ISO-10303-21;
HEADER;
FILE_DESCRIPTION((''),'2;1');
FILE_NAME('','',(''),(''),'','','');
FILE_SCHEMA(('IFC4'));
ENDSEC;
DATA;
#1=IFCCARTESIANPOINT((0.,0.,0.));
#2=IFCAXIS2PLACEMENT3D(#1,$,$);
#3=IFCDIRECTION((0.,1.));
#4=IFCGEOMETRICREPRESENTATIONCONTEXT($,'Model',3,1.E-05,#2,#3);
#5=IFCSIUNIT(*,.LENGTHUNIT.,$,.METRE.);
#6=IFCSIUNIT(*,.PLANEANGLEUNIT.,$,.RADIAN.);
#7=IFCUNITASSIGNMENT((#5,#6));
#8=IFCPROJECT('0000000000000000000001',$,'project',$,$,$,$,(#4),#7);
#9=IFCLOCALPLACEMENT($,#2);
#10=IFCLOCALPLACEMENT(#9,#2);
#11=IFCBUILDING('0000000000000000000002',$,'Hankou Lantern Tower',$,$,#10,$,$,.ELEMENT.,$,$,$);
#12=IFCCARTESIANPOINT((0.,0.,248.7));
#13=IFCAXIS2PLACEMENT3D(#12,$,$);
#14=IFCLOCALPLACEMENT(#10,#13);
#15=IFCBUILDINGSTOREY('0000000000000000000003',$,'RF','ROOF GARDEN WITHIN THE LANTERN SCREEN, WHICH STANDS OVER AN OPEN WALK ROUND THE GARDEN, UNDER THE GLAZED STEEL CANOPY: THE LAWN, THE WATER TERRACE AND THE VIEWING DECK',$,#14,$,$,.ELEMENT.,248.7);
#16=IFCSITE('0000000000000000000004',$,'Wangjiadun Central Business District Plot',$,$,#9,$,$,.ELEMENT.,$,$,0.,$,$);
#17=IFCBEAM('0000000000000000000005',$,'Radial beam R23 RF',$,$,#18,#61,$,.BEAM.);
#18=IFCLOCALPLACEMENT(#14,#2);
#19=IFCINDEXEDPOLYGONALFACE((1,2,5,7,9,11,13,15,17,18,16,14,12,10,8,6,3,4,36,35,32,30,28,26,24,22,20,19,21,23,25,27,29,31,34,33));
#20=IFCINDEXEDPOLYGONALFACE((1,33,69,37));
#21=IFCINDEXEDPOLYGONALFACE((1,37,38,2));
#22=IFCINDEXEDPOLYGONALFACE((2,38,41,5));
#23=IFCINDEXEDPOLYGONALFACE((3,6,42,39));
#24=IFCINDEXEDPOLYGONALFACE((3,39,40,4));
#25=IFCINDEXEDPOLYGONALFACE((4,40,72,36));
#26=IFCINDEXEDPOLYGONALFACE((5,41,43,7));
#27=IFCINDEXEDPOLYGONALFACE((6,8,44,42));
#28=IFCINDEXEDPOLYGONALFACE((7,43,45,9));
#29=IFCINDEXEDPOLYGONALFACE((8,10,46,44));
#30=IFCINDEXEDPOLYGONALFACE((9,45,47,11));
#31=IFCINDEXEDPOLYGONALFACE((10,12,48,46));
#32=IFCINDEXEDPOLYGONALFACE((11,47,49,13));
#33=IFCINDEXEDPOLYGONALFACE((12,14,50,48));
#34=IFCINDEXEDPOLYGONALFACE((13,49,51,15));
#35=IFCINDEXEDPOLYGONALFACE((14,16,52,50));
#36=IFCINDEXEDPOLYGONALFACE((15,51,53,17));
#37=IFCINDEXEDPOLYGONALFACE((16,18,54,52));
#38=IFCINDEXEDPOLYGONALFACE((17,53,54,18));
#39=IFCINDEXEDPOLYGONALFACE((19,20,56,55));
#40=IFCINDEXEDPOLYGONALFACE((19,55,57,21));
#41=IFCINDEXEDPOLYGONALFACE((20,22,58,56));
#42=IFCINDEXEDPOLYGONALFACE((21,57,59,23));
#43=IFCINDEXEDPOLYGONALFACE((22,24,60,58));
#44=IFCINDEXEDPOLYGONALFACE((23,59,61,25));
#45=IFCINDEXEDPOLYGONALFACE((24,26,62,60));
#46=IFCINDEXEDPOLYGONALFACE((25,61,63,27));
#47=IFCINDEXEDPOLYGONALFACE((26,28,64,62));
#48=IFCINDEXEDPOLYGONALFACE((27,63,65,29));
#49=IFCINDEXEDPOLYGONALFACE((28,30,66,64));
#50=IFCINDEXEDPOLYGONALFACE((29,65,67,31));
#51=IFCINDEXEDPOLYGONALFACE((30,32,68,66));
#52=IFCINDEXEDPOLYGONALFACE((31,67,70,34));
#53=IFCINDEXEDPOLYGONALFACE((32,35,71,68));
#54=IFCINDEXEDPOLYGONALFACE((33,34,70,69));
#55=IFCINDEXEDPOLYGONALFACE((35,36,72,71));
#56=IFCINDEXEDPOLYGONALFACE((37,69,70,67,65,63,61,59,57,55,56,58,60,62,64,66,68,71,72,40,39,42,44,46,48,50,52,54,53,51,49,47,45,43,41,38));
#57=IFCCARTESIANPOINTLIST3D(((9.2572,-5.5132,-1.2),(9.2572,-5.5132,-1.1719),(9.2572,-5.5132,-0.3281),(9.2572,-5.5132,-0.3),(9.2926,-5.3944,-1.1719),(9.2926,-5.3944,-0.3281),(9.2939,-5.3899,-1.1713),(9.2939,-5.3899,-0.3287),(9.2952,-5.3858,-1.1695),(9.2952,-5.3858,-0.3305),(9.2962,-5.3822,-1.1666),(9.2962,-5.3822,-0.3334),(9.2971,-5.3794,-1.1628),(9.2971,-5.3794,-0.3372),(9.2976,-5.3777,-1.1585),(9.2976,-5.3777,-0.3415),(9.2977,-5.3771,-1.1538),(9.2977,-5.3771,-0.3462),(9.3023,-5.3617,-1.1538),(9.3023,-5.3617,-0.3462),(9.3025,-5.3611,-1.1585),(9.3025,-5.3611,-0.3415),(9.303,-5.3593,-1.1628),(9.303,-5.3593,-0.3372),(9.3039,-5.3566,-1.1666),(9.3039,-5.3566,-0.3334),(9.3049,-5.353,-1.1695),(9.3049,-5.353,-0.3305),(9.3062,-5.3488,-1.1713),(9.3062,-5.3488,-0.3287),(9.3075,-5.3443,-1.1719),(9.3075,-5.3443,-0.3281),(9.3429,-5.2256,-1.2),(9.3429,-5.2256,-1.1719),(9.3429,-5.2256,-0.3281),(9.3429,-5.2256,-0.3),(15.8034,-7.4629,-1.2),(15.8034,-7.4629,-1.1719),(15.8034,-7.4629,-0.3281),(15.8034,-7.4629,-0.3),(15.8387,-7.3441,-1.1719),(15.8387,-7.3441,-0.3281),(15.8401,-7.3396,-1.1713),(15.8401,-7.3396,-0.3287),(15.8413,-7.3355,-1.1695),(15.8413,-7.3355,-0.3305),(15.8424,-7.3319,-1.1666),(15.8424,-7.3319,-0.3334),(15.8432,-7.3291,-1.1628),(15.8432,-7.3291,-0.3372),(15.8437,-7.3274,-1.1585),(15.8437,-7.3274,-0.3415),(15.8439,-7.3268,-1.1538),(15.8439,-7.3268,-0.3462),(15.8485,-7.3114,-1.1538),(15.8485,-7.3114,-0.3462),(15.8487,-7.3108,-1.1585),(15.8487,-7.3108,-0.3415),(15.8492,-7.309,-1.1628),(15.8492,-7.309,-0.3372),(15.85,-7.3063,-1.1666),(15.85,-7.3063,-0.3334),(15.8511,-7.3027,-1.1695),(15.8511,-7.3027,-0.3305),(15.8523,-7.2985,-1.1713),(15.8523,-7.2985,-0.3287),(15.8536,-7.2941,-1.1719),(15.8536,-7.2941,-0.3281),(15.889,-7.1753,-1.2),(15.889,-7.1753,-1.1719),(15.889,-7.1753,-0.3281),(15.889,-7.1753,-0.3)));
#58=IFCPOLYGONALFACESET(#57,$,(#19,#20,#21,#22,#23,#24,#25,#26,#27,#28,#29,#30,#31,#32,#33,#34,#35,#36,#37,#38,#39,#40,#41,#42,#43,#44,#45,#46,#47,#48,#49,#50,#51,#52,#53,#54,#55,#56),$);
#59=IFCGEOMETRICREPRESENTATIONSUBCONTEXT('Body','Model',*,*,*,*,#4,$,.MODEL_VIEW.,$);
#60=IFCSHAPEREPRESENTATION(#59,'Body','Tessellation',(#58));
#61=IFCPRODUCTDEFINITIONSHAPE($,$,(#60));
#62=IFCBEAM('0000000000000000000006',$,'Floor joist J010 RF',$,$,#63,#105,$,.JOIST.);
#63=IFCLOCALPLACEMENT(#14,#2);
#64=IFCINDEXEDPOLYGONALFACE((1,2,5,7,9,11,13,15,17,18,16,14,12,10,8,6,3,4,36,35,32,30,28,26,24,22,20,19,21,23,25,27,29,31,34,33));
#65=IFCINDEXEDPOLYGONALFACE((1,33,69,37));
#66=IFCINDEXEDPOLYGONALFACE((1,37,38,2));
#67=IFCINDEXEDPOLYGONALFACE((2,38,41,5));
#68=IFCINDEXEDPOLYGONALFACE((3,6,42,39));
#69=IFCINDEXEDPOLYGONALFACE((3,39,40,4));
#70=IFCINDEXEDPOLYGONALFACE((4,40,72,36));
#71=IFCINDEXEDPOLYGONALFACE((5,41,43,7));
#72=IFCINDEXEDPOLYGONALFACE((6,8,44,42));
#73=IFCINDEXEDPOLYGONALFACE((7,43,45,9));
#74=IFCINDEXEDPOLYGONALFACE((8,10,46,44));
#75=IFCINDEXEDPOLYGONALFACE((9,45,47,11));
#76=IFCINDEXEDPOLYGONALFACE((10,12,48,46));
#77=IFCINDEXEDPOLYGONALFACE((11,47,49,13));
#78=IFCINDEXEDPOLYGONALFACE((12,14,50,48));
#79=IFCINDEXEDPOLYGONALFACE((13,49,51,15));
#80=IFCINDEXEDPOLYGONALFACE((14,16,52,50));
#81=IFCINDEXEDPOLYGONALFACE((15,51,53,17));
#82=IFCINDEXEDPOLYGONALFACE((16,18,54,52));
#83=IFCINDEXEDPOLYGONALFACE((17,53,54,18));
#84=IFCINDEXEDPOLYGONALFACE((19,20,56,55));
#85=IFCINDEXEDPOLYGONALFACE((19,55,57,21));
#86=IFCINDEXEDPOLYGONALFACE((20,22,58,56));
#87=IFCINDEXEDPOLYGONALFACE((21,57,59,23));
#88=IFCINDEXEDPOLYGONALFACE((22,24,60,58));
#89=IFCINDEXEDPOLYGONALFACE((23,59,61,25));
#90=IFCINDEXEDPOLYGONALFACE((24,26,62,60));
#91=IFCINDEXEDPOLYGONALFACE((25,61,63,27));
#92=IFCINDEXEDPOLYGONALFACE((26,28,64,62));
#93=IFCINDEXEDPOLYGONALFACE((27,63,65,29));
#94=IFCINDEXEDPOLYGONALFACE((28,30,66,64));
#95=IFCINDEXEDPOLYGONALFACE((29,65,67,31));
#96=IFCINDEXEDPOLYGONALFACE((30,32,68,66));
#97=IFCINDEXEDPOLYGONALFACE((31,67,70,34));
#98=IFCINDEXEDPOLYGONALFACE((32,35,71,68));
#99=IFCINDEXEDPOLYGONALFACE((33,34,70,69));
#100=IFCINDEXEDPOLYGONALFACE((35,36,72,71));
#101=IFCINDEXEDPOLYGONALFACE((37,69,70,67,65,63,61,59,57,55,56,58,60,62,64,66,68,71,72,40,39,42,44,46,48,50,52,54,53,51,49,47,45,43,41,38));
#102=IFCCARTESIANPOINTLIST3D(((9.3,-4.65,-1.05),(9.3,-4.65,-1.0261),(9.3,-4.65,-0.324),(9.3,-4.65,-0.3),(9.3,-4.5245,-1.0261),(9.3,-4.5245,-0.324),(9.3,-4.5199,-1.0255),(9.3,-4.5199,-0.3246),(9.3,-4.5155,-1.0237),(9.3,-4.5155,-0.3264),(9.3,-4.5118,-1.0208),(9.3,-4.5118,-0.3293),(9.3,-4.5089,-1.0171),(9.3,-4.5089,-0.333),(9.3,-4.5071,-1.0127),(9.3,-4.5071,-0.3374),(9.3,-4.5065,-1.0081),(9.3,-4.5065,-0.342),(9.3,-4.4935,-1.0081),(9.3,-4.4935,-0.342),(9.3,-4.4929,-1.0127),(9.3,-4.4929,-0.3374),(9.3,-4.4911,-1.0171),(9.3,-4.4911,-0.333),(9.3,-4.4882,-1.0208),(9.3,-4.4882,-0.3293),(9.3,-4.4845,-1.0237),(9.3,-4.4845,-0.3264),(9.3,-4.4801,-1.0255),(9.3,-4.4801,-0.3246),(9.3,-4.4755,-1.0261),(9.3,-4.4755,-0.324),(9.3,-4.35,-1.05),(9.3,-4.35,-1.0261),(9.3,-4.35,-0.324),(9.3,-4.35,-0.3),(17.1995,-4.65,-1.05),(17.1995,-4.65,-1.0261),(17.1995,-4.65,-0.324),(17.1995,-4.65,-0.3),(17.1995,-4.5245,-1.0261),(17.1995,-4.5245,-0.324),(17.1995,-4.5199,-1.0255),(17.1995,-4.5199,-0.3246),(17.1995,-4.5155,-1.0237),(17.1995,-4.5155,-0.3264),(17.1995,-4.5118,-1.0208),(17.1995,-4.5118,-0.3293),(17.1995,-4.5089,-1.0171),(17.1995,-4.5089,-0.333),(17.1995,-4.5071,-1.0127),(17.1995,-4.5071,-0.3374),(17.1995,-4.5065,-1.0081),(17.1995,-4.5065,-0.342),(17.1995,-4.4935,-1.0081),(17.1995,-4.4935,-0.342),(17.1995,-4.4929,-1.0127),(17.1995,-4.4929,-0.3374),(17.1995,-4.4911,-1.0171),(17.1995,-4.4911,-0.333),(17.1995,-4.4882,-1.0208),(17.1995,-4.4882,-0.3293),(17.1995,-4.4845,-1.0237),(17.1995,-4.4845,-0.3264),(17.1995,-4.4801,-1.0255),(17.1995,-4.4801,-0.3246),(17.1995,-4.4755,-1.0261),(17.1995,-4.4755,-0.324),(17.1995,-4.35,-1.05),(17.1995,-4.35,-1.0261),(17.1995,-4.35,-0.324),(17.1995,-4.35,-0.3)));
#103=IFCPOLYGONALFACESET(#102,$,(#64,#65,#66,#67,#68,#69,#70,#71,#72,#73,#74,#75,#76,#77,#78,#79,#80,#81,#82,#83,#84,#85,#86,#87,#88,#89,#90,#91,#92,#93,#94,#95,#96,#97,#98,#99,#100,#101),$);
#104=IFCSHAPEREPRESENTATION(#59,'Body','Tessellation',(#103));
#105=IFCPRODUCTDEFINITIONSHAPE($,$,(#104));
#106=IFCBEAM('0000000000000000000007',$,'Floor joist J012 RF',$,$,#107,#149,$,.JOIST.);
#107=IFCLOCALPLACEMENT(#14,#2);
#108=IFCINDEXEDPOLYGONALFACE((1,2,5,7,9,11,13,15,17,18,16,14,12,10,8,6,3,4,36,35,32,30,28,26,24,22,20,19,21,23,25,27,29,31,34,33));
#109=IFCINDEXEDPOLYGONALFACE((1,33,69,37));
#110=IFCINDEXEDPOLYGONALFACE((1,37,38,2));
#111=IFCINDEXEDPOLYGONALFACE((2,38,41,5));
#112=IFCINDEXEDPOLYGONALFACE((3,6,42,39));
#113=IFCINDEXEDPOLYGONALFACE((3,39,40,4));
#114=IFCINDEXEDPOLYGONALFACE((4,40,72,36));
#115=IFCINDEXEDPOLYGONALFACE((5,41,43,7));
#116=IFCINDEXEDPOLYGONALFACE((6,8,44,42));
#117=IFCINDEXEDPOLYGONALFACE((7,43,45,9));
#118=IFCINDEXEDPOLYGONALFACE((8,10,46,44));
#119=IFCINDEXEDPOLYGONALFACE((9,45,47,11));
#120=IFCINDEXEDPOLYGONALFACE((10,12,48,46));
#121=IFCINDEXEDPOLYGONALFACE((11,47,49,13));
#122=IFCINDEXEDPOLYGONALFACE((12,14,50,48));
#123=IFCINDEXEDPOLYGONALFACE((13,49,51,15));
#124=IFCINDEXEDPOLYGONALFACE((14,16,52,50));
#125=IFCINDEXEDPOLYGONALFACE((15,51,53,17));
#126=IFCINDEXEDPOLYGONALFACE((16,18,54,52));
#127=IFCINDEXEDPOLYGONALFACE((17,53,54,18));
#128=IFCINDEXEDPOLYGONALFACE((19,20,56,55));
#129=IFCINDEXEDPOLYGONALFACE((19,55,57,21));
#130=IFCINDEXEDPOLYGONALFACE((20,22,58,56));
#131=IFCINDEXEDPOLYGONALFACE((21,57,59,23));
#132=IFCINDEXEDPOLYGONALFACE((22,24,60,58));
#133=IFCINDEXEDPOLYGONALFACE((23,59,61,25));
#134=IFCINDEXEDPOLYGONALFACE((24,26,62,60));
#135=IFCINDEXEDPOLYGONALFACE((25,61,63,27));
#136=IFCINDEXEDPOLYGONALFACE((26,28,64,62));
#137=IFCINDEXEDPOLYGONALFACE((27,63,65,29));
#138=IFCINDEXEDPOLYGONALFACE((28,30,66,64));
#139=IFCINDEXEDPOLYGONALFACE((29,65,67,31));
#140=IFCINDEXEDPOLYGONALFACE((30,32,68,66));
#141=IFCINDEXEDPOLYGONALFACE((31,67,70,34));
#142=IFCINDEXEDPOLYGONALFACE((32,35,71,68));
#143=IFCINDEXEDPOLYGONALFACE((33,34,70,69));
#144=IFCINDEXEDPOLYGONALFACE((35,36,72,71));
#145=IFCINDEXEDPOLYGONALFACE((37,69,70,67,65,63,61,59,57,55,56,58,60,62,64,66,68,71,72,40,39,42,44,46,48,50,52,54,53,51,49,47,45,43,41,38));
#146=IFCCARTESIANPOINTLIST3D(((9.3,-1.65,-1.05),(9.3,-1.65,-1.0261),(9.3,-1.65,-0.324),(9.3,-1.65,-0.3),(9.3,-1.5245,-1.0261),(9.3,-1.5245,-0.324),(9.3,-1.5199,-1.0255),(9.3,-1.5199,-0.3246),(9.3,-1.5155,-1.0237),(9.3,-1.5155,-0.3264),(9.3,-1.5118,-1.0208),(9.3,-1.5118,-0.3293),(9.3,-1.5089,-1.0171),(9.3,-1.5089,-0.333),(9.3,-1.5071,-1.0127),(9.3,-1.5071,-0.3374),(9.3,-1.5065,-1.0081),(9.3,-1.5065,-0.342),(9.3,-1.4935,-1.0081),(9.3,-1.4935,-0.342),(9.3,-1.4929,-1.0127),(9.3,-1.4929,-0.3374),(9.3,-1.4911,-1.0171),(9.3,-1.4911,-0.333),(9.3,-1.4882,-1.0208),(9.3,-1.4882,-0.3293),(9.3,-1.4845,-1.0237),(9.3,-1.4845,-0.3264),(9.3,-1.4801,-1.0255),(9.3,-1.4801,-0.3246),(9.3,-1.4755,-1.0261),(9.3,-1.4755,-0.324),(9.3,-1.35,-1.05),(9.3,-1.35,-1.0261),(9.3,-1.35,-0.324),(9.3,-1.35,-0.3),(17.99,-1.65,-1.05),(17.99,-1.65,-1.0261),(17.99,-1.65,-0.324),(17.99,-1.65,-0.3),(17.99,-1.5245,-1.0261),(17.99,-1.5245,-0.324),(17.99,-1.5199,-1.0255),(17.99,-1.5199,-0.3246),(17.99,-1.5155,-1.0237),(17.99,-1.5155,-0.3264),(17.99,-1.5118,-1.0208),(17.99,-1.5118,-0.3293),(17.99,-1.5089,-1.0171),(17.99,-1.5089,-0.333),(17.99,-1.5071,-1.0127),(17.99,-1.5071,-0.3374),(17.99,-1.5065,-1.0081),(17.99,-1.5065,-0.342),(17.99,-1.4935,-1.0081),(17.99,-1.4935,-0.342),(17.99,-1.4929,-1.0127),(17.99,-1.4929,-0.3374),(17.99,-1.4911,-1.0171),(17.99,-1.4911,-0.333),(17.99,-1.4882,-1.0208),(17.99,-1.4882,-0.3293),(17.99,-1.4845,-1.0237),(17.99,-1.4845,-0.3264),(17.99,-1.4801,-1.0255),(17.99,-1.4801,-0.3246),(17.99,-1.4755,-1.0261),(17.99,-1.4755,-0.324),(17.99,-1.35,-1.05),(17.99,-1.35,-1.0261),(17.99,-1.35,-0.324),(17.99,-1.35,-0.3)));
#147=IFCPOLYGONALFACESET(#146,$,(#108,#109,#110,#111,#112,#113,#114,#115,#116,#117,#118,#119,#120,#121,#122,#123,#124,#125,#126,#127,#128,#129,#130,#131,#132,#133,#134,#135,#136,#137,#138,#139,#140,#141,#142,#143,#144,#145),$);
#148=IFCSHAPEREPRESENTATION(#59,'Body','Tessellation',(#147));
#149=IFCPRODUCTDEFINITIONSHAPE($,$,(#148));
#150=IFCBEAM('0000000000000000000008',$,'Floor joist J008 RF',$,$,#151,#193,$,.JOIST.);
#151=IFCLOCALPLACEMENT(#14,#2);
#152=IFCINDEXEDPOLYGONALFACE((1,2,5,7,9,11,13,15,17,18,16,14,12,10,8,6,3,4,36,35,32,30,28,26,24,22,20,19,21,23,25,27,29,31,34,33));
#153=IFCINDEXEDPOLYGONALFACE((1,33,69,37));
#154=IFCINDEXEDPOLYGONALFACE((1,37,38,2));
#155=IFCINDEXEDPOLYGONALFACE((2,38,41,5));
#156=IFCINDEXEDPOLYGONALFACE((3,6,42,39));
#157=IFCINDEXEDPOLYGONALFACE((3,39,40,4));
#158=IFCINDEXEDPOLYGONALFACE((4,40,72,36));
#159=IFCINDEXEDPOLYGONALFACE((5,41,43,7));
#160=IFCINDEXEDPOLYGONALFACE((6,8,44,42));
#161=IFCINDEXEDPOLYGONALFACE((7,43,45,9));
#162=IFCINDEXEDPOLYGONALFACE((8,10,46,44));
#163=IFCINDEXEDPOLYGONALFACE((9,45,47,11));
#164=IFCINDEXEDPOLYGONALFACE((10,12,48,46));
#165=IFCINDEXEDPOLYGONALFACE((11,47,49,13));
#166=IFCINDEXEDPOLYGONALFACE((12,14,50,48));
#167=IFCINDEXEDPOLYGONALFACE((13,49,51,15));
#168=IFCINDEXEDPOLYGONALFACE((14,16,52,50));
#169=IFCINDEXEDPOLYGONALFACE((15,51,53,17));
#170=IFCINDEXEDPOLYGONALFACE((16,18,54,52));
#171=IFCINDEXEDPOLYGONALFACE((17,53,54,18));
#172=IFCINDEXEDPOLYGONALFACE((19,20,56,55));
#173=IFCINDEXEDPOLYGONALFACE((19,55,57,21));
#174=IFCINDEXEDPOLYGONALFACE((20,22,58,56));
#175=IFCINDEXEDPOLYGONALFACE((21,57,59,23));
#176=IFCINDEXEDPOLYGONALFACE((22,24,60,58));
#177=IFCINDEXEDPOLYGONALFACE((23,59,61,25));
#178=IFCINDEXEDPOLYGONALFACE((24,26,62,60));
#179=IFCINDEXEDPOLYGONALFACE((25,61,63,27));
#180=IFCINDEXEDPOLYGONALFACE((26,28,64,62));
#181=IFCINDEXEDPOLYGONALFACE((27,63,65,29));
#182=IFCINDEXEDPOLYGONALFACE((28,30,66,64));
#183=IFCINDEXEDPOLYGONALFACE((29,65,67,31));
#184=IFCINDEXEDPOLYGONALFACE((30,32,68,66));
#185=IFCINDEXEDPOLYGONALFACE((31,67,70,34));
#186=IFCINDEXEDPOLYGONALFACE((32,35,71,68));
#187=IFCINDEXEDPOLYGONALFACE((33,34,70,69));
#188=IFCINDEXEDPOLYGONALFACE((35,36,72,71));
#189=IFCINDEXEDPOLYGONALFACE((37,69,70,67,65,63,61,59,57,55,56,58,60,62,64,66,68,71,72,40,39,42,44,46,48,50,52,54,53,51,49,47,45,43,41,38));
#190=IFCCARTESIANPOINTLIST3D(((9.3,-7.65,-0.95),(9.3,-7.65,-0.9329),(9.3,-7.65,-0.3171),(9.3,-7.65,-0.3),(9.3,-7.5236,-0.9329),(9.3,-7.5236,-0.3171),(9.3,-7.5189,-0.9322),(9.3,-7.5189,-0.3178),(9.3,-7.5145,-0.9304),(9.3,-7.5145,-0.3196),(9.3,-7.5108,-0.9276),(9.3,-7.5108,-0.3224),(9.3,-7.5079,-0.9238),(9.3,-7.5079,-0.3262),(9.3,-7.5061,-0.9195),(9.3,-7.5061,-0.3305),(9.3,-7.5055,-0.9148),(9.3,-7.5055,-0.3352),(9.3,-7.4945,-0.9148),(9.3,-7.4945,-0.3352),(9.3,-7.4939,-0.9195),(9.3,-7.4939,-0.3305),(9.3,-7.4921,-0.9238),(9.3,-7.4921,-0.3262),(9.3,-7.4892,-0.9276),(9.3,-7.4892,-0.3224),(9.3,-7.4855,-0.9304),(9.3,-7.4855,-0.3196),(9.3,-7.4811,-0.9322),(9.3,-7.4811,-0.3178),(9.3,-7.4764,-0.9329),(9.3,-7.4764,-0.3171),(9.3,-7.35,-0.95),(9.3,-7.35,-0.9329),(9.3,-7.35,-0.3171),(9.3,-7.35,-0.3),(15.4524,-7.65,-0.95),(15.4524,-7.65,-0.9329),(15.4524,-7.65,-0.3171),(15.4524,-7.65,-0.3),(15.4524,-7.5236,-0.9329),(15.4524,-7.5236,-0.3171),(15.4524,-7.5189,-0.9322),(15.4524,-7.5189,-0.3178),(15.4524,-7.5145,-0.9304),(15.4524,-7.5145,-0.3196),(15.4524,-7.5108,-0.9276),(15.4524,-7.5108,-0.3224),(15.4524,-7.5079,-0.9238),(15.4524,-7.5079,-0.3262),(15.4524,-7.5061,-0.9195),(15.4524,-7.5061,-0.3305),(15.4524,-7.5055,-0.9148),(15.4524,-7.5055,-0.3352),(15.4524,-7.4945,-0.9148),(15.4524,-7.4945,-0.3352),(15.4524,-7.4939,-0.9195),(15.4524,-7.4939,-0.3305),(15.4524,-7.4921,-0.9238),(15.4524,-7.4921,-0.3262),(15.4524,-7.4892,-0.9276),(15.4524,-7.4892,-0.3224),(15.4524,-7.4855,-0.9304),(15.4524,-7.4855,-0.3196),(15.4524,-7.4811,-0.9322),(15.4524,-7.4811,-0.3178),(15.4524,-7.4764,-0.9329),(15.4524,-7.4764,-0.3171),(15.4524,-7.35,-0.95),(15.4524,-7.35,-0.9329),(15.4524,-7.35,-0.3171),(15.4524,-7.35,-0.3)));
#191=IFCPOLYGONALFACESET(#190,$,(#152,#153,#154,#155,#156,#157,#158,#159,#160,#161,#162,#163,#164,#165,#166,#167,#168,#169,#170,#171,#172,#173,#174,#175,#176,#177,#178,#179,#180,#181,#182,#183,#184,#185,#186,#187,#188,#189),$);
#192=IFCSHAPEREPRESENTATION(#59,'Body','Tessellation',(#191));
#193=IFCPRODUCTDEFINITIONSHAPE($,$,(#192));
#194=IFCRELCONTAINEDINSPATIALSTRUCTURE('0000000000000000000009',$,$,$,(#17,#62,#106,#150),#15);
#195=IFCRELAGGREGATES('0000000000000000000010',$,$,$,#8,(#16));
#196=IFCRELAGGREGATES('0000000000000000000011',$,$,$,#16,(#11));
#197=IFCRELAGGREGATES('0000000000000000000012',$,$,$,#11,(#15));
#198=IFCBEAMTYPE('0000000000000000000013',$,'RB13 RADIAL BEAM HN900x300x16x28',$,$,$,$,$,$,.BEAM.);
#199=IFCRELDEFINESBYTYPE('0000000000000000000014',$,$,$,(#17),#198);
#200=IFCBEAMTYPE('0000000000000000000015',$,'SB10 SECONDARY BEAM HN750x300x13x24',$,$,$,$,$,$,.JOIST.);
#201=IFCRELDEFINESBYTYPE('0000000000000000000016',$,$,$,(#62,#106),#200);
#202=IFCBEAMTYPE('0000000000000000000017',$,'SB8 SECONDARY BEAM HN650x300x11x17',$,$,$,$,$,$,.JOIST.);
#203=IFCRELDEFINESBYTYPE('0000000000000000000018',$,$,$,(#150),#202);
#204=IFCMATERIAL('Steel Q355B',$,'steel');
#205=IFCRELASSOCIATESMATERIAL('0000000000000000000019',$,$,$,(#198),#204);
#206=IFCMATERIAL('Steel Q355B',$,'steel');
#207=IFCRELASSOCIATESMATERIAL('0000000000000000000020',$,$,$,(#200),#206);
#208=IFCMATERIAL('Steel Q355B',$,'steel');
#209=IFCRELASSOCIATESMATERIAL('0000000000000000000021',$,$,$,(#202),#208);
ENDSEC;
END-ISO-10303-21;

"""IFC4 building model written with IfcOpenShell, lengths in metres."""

from ifc_helpers import new_model, si_unit, direction, frame, origin, origin_2d, place, context, subcontext, project, spatial, i_section, extrude, material, material_profile, profile_set, type_object, element, save


model = new_model("IFC4")

# Units and contexts
model_context = context("Model", 3, precision=1e-05, world=origin(), true_north=direction((0.0, 1.0)))
body_context = subcontext(model_context, "Body", "Model", "MODEL_VIEW")
ifc_project = project(units=[si_unit("LENGTHUNIT", "METRE"), si_unit("PLANEANGLEUNIT", "RADIAN")], contexts=[model_context])

# Site, building, storey
site_placement = place(None, origin())
site = spatial("IfcSite", under=ifc_project, at=site_placement, Name="Wangjiadun Central Business District Plot", CompositionType="ELEMENT", RefElevation=0.0)
building_placement = place(site_placement, origin())
building = spatial("IfcBuilding", under=site, at=building_placement, Name="Hankou Lantern Tower", CompositionType="ELEMENT")
storey_placement = place(building_placement, frame((0.0, 0.0, 248.7)))
storey = spatial("IfcBuildingStorey", under=building, at=storey_placement, Name="RF", Description="ROOF GARDEN WITHIN THE LANTERN SCREEN, WHICH STANDS OVER AN OPEN WALK ROUND THE GARDEN, UNDER THE GLAZED STEEL CANOPY: THE LAWN, THE WATER TERRACE AND THE VIEWING DECK", CompositionType="ELEMENT", Elevation=248.7)

# Beams
ifc_material_1 = material(Name="Steel Q355B", Category="steel")
ifc_material_profile_1 = material_profile(ifc_material_1, i_section(OverallWidth=0.3, OverallDepth=0.8999, WebThickness=0.0161, FlangeThickness=0.0281, FilletRadius=0.0181, at=origin_2d()), Name="HN900x300x16x28")
ifc_profile_set_1 = profile_set([ifc_material_profile_1], Name="Steel Q355B")
beam_type_1 = type_object("IfcBeamType", Name="RB13 RADIAL BEAM HN900x300x16x28", PredefinedType="BEAM", material=ifc_profile_set_1)
beam_1_placement = place(storey_placement, frame((9.3, -5.3694, -0.75), z_axis=(0.958394, -0.285449, 0.0), x_axis=(0.285449, 0.958394, 0.0)))
element("IfcBeam", 1, at=beam_1_placement, inside=storey, type_object=beam_type_1, Name="Radial beam R23 RF", PredefinedType="BEAM", context=body_context, shape_type="SweptSolid", body=[
    extrude(i_section(OverallWidth=0.3, OverallDepth=0.8999, WebThickness=0.0161, FlangeThickness=0.0281, FilletRadius=0.0181, at=origin_2d()), origin(), (0.0, 0.0, 1.0), 6.8303),
])
ifc_material_2 = material(Name="Steel Q355B", Category="steel")
ifc_material_profile_2 = material_profile(ifc_material_2, i_section(OverallWidth=0.3, OverallDepth=0.75, WebThickness=0.0129, FlangeThickness=0.0239, FilletRadius=0.0181, at=origin_2d()), Name="HN750x300x13x24")
ifc_profile_set_2 = profile_set([ifc_material_profile_2], Name="Steel Q355B")
beam_type_2 = type_object("IfcBeamType", Name="SB10 SECONDARY BEAM HN750x300x13x24", PredefinedType="JOIST", material=ifc_profile_set_2)
beam_2_placement = place(storey_placement, frame((9.3, -4.5, -0.675), z_axis=(1.0, 0.0, 0.0), x_axis=(0.0, 1.0, 0.0)))
element("IfcBeam", 2, at=beam_2_placement, inside=storey, type_object=beam_type_2, Name="Floor joist J010 RF", PredefinedType="JOIST", context=body_context, shape_type="SweptSolid", body=[
    extrude(i_section(OverallWidth=0.3, OverallDepth=0.75, WebThickness=0.0129, FlangeThickness=0.0239, FilletRadius=0.0181, at=origin_2d()), origin(), (0.0, 0.0, 1.0), 7.8994),
])
beam_3_placement = place(storey_placement, frame((9.3, -1.5, -0.675), z_axis=(1.0, 0.0, 0.0), x_axis=(0.0, 1.0, 0.0)))
element("IfcBeam", 3, at=beam_3_placement, inside=storey, type_object=beam_type_2, Name="Floor joist J012 RF", PredefinedType="JOIST", context=body_context, shape_type="SweptSolid", body=[
    extrude(i_section(OverallWidth=0.3, OverallDepth=0.75, WebThickness=0.0129, FlangeThickness=0.0239, FilletRadius=0.0181, at=origin_2d()), origin(), (0.0, 0.0, 1.0), 8.6899),
])
ifc_material_3 = material(Name="Steel Q355B", Category="steel")
ifc_material_profile_3 = material_profile(ifc_material_3, i_section(OverallWidth=0.3, OverallDepth=0.6499, WebThickness=0.011, FlangeThickness=0.0171, FilletRadius=0.0181, at=origin_2d()), Name="HN650x300x11x17")
ifc_profile_set_3 = profile_set([ifc_material_profile_3], Name="Steel Q355B")
beam_type_3 = type_object("IfcBeamType", Name="SB8 SECONDARY BEAM HN650x300x11x17", PredefinedType="JOIST", material=ifc_profile_set_3)
beam_4_placement = place(storey_placement, frame((9.3, -7.5, -0.625), z_axis=(1.0, 0.0, 0.0), x_axis=(0.0, 1.0, 0.0)))
element("IfcBeam", 4, at=beam_4_placement, inside=storey, type_object=beam_type_3, Name="Floor joist J008 RF", PredefinedType="JOIST", context=body_context, shape_type="SweptSolid", body=[
    extrude(i_section(OverallWidth=0.3, OverallDepth=0.6499, WebThickness=0.011, FlangeThickness=0.0171, FilletRadius=0.0181, at=origin_2d()), origin(), (0.0, 0.0, 1.0), 6.1523),
])

save(model, "model.ifc")
